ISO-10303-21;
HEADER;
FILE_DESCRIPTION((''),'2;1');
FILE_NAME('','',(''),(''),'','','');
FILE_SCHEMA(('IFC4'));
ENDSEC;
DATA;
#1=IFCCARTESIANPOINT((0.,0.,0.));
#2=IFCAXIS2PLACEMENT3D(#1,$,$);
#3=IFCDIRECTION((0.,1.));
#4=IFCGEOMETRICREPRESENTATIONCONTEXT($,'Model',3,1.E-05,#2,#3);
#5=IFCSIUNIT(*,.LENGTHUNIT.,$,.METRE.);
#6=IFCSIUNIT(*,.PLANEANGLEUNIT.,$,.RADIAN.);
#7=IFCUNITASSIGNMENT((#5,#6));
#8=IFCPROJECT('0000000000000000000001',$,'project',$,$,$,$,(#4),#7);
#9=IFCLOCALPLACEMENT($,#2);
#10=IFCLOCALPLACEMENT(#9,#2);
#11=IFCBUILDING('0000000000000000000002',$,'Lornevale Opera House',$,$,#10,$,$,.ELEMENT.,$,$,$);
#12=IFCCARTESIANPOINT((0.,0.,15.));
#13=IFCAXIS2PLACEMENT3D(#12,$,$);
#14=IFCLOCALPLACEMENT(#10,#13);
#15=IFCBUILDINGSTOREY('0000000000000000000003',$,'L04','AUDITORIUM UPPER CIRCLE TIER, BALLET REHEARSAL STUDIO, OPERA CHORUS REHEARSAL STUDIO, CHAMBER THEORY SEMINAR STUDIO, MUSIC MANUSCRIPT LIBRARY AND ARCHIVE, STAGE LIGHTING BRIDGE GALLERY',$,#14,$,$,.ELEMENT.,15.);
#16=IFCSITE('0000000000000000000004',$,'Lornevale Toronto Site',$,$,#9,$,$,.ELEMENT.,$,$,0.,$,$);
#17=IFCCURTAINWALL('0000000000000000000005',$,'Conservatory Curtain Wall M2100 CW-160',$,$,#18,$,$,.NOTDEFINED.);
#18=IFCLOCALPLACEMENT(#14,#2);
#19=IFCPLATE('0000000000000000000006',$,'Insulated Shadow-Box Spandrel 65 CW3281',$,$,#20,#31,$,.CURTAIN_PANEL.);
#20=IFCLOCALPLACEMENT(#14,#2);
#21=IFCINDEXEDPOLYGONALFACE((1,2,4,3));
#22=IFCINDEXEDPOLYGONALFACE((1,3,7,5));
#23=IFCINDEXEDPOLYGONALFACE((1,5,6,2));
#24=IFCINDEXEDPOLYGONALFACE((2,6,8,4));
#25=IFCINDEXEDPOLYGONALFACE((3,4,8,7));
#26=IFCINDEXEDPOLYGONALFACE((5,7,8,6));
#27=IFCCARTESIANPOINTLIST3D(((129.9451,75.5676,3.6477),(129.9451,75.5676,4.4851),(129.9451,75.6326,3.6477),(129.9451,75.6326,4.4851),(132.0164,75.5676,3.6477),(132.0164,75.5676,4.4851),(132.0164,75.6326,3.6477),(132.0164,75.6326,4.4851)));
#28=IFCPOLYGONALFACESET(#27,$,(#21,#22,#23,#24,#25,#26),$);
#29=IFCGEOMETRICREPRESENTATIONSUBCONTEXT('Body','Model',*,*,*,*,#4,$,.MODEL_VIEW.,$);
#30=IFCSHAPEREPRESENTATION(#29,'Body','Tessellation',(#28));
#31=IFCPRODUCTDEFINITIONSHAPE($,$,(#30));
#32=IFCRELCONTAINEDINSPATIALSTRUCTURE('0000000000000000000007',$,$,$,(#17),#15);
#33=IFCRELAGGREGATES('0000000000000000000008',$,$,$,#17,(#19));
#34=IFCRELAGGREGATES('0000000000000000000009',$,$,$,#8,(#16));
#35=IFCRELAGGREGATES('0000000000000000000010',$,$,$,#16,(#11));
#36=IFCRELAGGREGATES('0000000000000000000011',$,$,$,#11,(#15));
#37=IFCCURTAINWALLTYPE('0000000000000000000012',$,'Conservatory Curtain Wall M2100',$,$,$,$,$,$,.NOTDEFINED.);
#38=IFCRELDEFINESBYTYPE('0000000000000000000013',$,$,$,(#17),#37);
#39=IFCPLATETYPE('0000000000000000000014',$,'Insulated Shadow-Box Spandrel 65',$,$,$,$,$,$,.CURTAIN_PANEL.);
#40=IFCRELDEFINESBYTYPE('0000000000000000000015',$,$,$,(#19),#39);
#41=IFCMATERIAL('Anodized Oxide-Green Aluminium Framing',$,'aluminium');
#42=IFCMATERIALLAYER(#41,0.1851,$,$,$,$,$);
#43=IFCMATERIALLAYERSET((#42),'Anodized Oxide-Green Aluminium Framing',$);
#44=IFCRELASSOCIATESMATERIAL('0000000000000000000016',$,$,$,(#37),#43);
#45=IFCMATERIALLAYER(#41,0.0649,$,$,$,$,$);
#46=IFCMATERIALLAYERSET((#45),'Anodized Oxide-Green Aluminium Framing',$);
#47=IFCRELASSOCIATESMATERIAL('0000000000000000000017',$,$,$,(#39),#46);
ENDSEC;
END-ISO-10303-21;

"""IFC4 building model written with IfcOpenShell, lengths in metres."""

from ifc_helpers import new_model, si_unit, direction, frame, origin, origin_2d, place, context, subcontext, project, spatial, rectangle, extrude, material, layer, layer_set, type_object, element, aggregate, save


model = new_model("IFC4")

# Units and contexts
model_context = context("Model", 3, precision=1e-05, world=origin(), true_north=direction((0.0, 1.0)))
body_context = subcontext(model_context, "Body", "Model", "MODEL_VIEW")
ifc_project = project(units=[si_unit("LENGTHUNIT", "METRE"), si_unit("PLANEANGLEUNIT", "RADIAN")], contexts=[model_context])

# Site, building, storey
site_placement = place(None, origin())
site = spatial("IfcSite", under=ifc_project, at=site_placement, Name="Lornevale Toronto Site", CompositionType="ELEMENT", RefElevation=0.0)
building_placement = place(site_placement, origin())
building = spatial("IfcBuilding", under=site, at=building_placement, Name="Lornevale Opera House", CompositionType="ELEMENT")
storey_placement = place(building_placement, frame((0.0, 0.0, 15.0)))
storey = spatial("IfcBuildingStorey", under=building, at=storey_placement, Name="L04", Description="AUDITORIUM UPPER CIRCLE TIER, BALLET REHEARSAL STUDIO, OPERA CHORUS REHEARSAL STUDIO, CHAMBER THEORY SEMINAR STUDIO, MUSIC MANUSCRIPT LIBRARY AND ARCHIVE, STAGE LIGHTING BRIDGE GALLERY", CompositionType="ELEMENT", Elevation=15.0)

# Shared definitions
ifc_material_1 = material(Name="Anodized Oxide-Green Aluminium Framing", Category="aluminium")
ifc_layer_1 = layer(ifc_material_1, 0.1851)
ifc_layer_set_1 = layer_set([ifc_layer_1], Name="Anodized Oxide-Green Aluminium Framing")
curtain_wall_type = type_object("IfcCurtainWallType", Name="Conservatory Curtain Wall M2100", PredefinedType="NOTDEFINED", material=ifc_layer_set_1)

# Curtain wall
curtain_wall_1_placement = place(storey_placement, origin())
curtain_wall_1 = element("IfcCurtainWall", 1, at=curtain_wall_1_placement, inside=storey, type_object=curtain_wall_type, Name="Conservatory Curtain Wall M2100 CW-160", PredefinedType="NOTDEFINED")

# Plate
ifc_layer_2 = layer(ifc_material_1, 0.0649)
ifc_layer_set_2 = layer_set([ifc_layer_2], Name="Anodized Oxide-Green Aluminium Framing")
plate_type = type_object("IfcPlateType", Name="Insulated Shadow-Box Spandrel 65", PredefinedType="CURTAIN_PANEL", material=ifc_layer_set_2)
plate_1_placement = place(storey_placement, frame((130.9807, 75.6001, 3.6477), z_axis=(0.0, 0.0, 1.0), x_axis=(1.0, 0.0, 0.0)))
plate_1 = element("IfcPlate", 2, at=plate_1_placement, type_object=plate_type, Name="Insulated Shadow-Box Spandrel 65 CW3281", PredefinedType="CURTAIN_PANEL", context=body_context, shape_type="SweptSolid", body=[
    extrude(rectangle(XDim=2.0713, YDim=0.0649, at=origin_2d()), origin(), (0.0, 0.0, 1.0), 0.8374),
])
aggregate(curtain_wall_1, [plate_1])

save(model, "model.ifc")
